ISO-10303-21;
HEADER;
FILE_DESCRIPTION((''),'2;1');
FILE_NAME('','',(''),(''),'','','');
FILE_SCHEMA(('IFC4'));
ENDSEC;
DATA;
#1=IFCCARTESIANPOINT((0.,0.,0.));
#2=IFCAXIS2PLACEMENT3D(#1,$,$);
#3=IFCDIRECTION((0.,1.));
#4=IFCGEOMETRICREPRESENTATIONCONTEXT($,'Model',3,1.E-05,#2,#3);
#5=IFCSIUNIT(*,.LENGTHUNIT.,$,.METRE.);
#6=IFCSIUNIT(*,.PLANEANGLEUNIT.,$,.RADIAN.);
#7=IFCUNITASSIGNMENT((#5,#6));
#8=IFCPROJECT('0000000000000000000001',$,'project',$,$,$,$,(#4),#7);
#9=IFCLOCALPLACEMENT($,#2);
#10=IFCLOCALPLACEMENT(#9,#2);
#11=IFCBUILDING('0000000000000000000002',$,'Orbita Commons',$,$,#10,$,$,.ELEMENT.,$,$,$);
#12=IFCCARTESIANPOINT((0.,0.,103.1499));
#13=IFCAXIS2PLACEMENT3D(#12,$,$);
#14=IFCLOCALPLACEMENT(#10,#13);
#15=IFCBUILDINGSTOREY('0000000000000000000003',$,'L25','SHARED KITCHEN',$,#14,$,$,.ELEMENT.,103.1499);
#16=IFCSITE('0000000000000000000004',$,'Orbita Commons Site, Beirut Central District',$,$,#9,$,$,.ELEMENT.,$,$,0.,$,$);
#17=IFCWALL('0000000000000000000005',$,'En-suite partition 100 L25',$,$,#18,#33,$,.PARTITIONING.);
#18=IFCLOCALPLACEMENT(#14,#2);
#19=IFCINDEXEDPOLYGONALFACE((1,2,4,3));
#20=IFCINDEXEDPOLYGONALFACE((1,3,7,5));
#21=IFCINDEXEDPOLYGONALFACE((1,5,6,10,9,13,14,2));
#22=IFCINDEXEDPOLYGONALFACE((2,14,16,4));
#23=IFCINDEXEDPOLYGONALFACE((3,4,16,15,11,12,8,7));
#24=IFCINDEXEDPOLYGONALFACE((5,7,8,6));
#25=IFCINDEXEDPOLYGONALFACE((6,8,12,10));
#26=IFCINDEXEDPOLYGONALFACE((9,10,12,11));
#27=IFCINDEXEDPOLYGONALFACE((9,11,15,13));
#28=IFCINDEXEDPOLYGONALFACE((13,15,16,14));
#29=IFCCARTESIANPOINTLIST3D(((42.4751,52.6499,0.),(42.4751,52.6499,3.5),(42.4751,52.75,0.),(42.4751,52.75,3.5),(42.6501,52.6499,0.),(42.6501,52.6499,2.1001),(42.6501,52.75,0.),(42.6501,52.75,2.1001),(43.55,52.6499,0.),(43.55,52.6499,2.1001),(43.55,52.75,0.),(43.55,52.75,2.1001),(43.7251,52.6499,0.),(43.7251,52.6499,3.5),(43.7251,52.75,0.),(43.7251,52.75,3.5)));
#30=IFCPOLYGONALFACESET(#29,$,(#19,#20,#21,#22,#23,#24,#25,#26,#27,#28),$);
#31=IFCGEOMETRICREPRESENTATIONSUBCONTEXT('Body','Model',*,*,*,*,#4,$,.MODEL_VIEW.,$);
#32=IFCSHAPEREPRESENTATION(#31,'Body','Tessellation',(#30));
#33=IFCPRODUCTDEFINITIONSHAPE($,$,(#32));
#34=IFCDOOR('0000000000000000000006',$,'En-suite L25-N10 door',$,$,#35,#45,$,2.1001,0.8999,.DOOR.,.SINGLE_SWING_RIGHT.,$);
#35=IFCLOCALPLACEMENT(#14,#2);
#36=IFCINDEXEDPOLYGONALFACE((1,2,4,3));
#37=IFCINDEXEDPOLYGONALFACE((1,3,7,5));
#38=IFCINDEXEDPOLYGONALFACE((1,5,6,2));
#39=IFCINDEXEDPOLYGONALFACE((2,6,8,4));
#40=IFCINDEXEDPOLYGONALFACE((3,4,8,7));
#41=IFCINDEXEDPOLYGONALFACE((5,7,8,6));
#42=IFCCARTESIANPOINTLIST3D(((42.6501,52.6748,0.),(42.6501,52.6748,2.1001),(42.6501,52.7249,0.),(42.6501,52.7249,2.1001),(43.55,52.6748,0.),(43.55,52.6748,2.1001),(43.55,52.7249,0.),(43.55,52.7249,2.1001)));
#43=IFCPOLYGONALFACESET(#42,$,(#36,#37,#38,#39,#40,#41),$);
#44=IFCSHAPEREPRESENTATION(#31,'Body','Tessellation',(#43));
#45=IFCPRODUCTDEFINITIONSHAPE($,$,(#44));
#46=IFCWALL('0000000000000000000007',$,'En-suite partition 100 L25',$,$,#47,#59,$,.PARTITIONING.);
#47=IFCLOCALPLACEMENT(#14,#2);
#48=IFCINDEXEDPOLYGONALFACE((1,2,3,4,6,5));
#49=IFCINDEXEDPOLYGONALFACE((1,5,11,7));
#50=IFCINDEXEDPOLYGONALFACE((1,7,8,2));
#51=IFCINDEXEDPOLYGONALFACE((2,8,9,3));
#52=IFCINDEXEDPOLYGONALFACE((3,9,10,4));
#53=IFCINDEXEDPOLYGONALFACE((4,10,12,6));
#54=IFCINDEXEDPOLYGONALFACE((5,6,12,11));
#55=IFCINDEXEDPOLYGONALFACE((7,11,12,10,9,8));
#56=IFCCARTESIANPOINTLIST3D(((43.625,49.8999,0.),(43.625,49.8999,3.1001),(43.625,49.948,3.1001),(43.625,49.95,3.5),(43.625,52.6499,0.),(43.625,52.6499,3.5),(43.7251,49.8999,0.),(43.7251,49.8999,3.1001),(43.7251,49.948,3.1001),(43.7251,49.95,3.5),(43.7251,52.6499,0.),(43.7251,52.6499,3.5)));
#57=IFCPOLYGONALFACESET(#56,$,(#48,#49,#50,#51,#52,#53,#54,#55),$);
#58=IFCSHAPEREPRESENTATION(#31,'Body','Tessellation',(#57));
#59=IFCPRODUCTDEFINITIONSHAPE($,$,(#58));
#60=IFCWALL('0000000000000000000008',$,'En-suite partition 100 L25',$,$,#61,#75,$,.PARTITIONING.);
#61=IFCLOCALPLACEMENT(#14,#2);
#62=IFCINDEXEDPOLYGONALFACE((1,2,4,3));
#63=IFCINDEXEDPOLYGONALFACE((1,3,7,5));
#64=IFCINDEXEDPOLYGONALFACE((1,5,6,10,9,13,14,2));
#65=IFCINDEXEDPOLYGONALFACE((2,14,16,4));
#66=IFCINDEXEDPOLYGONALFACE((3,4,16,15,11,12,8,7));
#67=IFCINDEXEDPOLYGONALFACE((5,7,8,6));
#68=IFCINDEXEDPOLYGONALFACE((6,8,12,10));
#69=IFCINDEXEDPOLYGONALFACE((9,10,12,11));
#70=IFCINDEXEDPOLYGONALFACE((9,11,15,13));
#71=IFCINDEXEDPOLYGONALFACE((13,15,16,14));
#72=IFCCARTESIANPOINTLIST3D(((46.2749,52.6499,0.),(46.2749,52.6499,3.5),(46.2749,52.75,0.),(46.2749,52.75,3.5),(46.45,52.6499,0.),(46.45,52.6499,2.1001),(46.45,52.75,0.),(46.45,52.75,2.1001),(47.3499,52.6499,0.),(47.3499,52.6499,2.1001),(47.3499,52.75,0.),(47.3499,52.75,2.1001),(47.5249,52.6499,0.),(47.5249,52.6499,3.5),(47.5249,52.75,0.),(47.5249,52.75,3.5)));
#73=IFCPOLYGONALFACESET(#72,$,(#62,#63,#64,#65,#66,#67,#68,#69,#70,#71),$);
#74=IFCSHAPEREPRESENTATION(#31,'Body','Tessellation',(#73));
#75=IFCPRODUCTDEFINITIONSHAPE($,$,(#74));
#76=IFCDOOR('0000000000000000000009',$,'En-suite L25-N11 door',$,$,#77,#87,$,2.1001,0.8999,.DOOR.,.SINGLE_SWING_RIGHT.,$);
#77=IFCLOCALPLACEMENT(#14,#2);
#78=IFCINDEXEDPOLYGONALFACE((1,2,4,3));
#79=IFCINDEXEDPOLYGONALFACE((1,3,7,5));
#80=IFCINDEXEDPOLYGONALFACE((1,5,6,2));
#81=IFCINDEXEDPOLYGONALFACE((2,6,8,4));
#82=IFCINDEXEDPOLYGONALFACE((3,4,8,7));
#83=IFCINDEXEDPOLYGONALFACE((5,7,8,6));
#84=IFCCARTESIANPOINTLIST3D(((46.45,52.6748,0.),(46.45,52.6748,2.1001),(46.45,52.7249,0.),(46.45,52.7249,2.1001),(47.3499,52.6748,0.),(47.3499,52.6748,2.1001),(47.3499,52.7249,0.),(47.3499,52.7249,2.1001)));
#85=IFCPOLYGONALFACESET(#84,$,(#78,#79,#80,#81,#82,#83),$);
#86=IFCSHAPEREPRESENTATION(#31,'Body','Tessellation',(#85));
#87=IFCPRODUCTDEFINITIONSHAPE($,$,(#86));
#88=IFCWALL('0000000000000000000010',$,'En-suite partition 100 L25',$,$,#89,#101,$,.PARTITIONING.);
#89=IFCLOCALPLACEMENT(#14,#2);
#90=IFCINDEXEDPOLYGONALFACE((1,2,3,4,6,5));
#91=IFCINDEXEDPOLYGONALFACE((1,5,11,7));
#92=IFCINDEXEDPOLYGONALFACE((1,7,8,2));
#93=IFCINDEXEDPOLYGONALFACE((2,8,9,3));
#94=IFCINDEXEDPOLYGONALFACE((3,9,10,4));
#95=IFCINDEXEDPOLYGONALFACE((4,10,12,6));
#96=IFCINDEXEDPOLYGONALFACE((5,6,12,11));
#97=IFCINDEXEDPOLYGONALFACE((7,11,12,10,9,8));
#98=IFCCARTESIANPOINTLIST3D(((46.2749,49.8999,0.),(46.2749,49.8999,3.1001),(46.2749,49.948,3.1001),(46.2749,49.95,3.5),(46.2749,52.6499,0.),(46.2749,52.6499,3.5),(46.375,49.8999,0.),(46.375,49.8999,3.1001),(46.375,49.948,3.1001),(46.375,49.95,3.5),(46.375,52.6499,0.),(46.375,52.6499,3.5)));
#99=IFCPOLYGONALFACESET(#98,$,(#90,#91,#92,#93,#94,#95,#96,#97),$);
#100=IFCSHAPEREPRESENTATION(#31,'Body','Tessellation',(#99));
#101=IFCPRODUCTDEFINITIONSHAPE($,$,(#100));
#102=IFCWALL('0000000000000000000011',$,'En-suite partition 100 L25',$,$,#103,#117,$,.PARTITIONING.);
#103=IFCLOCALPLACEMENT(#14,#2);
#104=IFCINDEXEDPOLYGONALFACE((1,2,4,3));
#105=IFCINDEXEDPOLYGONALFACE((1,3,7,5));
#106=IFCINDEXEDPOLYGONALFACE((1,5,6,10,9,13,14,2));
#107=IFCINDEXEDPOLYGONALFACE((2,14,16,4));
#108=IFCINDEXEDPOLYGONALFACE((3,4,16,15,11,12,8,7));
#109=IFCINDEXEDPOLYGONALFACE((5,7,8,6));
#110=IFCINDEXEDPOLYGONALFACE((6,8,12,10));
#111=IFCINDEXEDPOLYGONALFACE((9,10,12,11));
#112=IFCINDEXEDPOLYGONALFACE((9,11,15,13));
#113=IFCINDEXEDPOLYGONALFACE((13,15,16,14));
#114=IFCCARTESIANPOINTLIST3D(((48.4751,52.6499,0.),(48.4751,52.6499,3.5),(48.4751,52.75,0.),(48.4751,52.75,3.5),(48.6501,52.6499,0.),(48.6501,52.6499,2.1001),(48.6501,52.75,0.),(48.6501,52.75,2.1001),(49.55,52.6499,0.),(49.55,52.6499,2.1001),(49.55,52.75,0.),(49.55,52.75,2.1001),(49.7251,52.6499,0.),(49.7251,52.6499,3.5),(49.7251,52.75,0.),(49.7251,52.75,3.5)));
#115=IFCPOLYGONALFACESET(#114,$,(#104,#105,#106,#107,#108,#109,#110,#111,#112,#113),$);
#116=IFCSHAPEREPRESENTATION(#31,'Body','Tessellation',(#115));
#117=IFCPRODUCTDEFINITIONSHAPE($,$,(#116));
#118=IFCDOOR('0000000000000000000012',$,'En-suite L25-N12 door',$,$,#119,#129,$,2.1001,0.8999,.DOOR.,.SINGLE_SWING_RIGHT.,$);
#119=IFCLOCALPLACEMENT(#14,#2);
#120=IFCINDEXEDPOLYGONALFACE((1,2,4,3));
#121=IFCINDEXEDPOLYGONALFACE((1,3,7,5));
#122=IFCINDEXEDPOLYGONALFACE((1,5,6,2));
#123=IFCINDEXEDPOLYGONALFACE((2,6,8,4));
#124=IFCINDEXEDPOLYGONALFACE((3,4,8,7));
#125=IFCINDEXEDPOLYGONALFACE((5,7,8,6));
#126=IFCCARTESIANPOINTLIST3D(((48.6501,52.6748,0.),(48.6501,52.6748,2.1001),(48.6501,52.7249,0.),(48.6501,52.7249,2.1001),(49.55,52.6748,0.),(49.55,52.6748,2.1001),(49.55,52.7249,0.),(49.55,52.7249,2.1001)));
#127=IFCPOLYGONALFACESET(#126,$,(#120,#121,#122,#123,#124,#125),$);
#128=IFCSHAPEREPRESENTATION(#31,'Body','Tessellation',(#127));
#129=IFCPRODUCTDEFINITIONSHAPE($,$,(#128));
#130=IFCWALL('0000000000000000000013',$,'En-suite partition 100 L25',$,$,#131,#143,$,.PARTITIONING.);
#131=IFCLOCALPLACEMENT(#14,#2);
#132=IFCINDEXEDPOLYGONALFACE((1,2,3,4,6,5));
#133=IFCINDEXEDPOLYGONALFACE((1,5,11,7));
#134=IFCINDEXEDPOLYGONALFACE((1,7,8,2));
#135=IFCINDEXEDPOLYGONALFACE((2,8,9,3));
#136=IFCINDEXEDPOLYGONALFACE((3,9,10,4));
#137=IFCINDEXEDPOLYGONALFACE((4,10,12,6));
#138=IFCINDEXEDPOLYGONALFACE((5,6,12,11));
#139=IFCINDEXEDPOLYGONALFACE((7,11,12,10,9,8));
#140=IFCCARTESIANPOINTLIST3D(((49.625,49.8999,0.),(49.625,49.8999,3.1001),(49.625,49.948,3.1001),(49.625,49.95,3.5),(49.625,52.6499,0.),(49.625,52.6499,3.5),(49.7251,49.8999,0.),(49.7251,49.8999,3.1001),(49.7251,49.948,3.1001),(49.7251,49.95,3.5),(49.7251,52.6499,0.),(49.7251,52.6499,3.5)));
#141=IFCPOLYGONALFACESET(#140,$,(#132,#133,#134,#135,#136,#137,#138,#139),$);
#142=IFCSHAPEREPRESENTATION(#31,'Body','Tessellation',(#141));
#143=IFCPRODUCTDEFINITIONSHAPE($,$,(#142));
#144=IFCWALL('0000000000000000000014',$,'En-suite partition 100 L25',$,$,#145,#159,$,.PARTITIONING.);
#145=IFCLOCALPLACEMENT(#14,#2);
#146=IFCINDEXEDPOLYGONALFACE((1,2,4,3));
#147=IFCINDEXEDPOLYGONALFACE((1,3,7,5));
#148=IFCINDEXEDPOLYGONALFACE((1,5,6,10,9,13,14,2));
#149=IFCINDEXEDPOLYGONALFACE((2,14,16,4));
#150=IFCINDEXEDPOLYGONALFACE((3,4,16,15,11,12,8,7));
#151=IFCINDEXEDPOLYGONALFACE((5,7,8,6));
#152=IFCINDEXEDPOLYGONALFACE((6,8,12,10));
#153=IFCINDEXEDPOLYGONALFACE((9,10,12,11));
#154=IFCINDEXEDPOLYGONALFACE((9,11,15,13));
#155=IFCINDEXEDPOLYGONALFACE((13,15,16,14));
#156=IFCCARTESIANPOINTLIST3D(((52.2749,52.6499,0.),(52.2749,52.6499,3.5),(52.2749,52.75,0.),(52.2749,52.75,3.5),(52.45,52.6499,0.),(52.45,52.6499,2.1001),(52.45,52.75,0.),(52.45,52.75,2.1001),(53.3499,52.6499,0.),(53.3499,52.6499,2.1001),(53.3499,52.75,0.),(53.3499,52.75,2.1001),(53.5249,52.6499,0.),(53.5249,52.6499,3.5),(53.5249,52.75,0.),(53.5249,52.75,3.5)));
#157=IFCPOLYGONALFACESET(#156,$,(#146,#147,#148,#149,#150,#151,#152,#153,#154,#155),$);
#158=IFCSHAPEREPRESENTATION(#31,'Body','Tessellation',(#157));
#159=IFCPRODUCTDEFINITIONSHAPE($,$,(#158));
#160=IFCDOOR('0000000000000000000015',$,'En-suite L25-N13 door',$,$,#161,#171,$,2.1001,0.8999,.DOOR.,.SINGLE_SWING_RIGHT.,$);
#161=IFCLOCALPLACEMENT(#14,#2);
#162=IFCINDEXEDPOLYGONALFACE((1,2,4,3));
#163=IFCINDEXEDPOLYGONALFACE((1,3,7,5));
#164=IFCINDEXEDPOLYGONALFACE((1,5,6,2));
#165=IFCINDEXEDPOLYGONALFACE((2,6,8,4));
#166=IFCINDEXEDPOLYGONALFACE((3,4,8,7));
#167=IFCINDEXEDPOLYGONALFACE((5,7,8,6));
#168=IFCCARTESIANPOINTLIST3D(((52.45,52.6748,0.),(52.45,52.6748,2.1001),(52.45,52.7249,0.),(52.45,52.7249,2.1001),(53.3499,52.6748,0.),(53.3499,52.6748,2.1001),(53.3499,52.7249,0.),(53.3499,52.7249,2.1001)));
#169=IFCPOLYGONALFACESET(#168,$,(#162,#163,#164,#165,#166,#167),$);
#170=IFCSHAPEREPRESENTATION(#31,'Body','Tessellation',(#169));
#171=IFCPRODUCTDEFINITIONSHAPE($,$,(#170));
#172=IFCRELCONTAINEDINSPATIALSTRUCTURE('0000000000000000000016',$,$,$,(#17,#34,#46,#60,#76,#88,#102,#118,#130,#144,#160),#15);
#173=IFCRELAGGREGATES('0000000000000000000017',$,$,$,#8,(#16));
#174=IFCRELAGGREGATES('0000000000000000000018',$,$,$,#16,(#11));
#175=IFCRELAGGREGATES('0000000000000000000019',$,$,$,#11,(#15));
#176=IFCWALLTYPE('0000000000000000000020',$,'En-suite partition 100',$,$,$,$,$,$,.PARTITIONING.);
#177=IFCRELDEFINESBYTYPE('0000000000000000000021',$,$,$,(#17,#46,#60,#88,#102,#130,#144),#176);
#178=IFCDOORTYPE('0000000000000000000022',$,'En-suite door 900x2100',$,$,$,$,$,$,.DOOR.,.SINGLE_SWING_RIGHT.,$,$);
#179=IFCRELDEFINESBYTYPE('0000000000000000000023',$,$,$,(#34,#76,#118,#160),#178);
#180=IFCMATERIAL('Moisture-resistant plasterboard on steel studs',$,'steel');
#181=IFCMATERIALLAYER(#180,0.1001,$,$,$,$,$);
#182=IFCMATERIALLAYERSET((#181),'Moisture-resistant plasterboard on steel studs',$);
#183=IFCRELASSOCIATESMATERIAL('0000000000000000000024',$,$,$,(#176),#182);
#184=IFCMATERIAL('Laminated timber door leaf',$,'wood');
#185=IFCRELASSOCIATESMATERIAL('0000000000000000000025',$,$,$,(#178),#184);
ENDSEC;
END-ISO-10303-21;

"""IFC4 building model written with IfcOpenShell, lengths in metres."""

from ifc_helpers import new_model, si_unit, direction, frame, frame_2d, origin, place, context, subcontext, project, spatial, polyline, rectangle, outline, extrude, material, layer, layer_set, type_object, element, fill, save


model = new_model("IFC4")

# Units and contexts
model_context = context("Model", 3, precision=1e-05, world=origin(), true_north=direction((0.0, 1.0)))
body_context = subcontext(model_context, "Body", "Model", "MODEL_VIEW")
ifc_project = project(units=[si_unit("LENGTHUNIT", "METRE"), si_unit("PLANEANGLEUNIT", "RADIAN")], contexts=[model_context])

# Site, building, storey
site_placement = place(None, origin())
site = spatial("IfcSite", under=ifc_project, at=site_placement, Name="Orbita Commons Site, Beirut Central District", CompositionType="ELEMENT", RefElevation=0.0)
building_placement = place(site_placement, origin())
building = spatial("IfcBuilding", under=site, at=building_placement, Name="Orbita Commons", CompositionType="ELEMENT")
storey_placement = place(building_placement, frame((0.0, 0.0, 103.1499)))
storey = spatial("IfcBuildingStorey", under=building, at=storey_placement, Name="L25", Description="SHARED KITCHEN", CompositionType="ELEMENT", Elevation=103.1499)

# Wall, opening, door
ifc_material_1 = material(Name="Moisture-resistant plasterboard on steel studs", Category="steel")
ifc_layer_1 = layer(ifc_material_1, 0.1001)
ifc_layer_set_1 = layer_set([ifc_layer_1], Name="Moisture-resistant plasterboard on steel studs")
wall_type_1 = type_object("IfcWallType", Name="En-suite partition 100", PredefinedType="PARTITIONING", material=ifc_layer_set_1)
wall_1_placement = place(storey_placement, frame((42.4751, 52.7, 0.0), z_axis=(0.0, 0.0, 1.0), x_axis=(1.0, 0.0, 0.0)))
wall_1 = element("IfcWall", 1, at=wall_1_placement, inside=storey, type_object=wall_type_1, Name="En-suite partition 100 L25", PredefinedType="PARTITIONING", context=body_context, shape_type="SweptSolid", body=[
    extrude(rectangle(XDim=1.25, YDim=0.1001, at=frame_2d((0.625, 0.0))), origin(), (0.0, 0.0, 1.0), 3.5),
])
opening_1_placement = place(wall_1_placement, frame((0.175, 0.0, 0.0)))
opening_1 = element("IfcOpeningElement", 2, at=opening_1_placement, cuts=wall_1, PredefinedType="OPENING", context=body_context, shape_type="SweptSolid", body=[
    extrude(rectangle(XDim=0.8999, YDim=2.1001, at=frame_2d((0.45, 1.05))), frame((0.0, 0.0601, 0.0), z_axis=(0.0, -1.0, 0.0), x_axis=(1.0, 0.0, 0.0)), (0.0, 0.0, 1.0), 0.1201),
])
ifc_material_2 = material(Name="Laminated timber door leaf", Category="wood")
door_type_1 = type_object("IfcDoorType", Name="En-suite door 900x2100", OperationType="SINGLE_SWING_RIGHT", PredefinedType="DOOR", material=ifc_material_2)
door_1_placement = place(opening_1_placement, origin())
door_1 = element("IfcDoor", 3, at=door_1_placement, inside=storey, type_object=door_type_1, Name="En-suite L25-N10 door", OperationType="SINGLE_SWING_RIGHT", OverallHeight=2.1001, OverallWidth=0.8999, PredefinedType="DOOR", context=body_context, shape_type="SweptSolid", body=[
    extrude(rectangle(XDim=0.8999, YDim=2.1001, at=frame_2d((0.45, 1.05))), frame((0.0, 0.0249, 0.0), z_axis=(0.0, -1.0, 0.0), x_axis=(1.0, 0.0, 0.0)), (0.0, 0.0, 1.0), 0.05),
])
fill(opening_1, door_1)

# Wall
wall_2_placement = place(storey_placement, frame((43.675, 52.6499, 0.0), z_axis=(0.0, 0.0, 1.0), x_axis=(0.0, -1.0, 0.0)))
element("IfcWall", 4, at=wall_2_placement, inside=storey, type_object=wall_type_1, Name="En-suite partition 100 L25", PredefinedType="PARTITIONING", context=body_context, shape_type="SweptSolid", body=[
    extrude(outline(polyline([(0.0, 0.0), (2.75, 0.0), (2.75, 3.1001), (2.7019, 3.1001), (2.7, 3.5), (0.0, 3.5), (0.0, 0.0)])), frame((0.0, 0.05, 0.0), z_axis=(0.0, -1.0, 0.0), x_axis=(1.0, 0.0, 0.0)), (0.0, 0.0, 1.0), 0.1001),
])

# Wall, opening, door
wall_3_placement = place(storey_placement, frame((46.2749, 52.7, 0.0), z_axis=(0.0, 0.0, 1.0), x_axis=(1.0, 0.0, 0.0)))
wall_3 = element("IfcWall", 5, at=wall_3_placement, inside=storey, type_object=wall_type_1, Name="En-suite partition 100 L25", PredefinedType="PARTITIONING", context=body_context, shape_type="SweptSolid", body=[
    extrude(rectangle(XDim=1.25, YDim=0.1001, at=frame_2d((0.625, 0.0))), origin(), (0.0, 0.0, 1.0), 3.5),
])
opening_2_placement = place(wall_3_placement, frame((0.175, 0.0, 0.0)))
opening_2 = element("IfcOpeningElement", 6, at=opening_2_placement, cuts=wall_3, PredefinedType="OPENING", context=body_context, shape_type="SweptSolid", body=[
    extrude(rectangle(XDim=0.8999, YDim=2.1001, at=frame_2d((0.45, 1.05))), frame((0.0, 0.0601, 0.0), z_axis=(0.0, -1.0, 0.0), x_axis=(1.0, 0.0, 0.0)), (0.0, 0.0, 1.0), 0.1201),
])
door_2_placement = place(opening_2_placement, origin())
door_2 = element("IfcDoor", 7, at=door_2_placement, inside=storey, type_object=door_type_1, Name="En-suite L25-N11 door", OperationType="SINGLE_SWING_RIGHT", OverallHeight=2.1001, OverallWidth=0.8999, PredefinedType="DOOR", context=body_context, shape_type="SweptSolid", body=[
    extrude(rectangle(XDim=0.8999, YDim=2.1001, at=frame_2d((0.45, 1.05))), frame((0.0, 0.0249, 0.0), z_axis=(0.0, -1.0, 0.0), x_axis=(1.0, 0.0, 0.0)), (0.0, 0.0, 1.0), 0.05),
])
fill(opening_2, door_2)

# Wall
wall_4_placement = place(storey_placement, frame((46.325, 52.6499, 0.0), z_axis=(0.0, 0.0, 1.0), x_axis=(0.0, -1.0, 0.0)))
element("IfcWall", 8, at=wall_4_placement, inside=storey, type_object=wall_type_1, Name="En-suite partition 100 L25", PredefinedType="PARTITIONING", context=body_context, shape_type="SweptSolid", body=[
    extrude(outline(polyline([(0.0, 0.0), (2.75, 0.0), (2.75, 3.1001), (2.7019, 3.1001), (2.7, 3.5), (0.0, 3.5), (0.0, 0.0)])), frame((0.0, 0.05, 0.0), z_axis=(0.0, -1.0, 0.0), x_axis=(1.0, 0.0, 0.0)), (0.0, 0.0, 1.0), 0.1001),
])

# Wall, opening, door
wall_5_placement = place(storey_placement, frame((48.4751, 52.7, 0.0), z_axis=(0.0, 0.0, 1.0), x_axis=(1.0, 0.0, 0.0)))
wall_5 = element("IfcWall", 9, at=wall_5_placement, inside=storey, type_object=wall_type_1, Name="En-suite partition 100 L25", PredefinedType="PARTITIONING", context=body_context, shape_type="SweptSolid", body=[
    extrude(rectangle(XDim=1.25, YDim=0.1001, at=frame_2d((0.625, 0.0))), origin(), (0.0, 0.0, 1.0), 3.5),
])
opening_3_placement = place(wall_5_placement, frame((0.175, 0.0, 0.0)))
opening_3 = element("IfcOpeningElement", 10, at=opening_3_placement, cuts=wall_5, PredefinedType="OPENING", context=body_context, shape_type="SweptSolid", body=[
    extrude(rectangle(XDim=0.8999, YDim=2.1001, at=frame_2d((0.45, 1.05))), frame((0.0, 0.0601, 0.0), z_axis=(0.0, -1.0, 0.0), x_axis=(1.0, 0.0, 0.0)), (0.0, 0.0, 1.0), 0.1201),
])
door_3_placement = place(opening_3_placement, origin())
door_3 = element("IfcDoor", 11, at=door_3_placement, inside=storey, type_object=door_type_1, Name="En-suite L25-N12 door", OperationType="SINGLE_SWING_RIGHT", OverallHeight=2.1001, OverallWidth=0.8999, PredefinedType="DOOR", context=body_context, shape_type="SweptSolid", body=[
    extrude(rectangle(XDim=0.8999, YDim=2.1001, at=frame_2d((0.45, 1.05))), frame((0.0, 0.0249, 0.0), z_axis=(0.0, -1.0, 0.0), x_axis=(1.0, 0.0, 0.0)), (0.0, 0.0, 1.0), 0.05),
])
fill(opening_3, door_3)

# Wall
wall_6_placement = place(storey_placement, frame((49.675, 52.6499, 0.0), z_axis=(0.0, 0.0, 1.0), x_axis=(0.0, -1.0, 0.0)))
element("IfcWall", 12, at=wall_6_placement, inside=storey, type_object=wall_type_1, Name="En-suite partition 100 L25", PredefinedType="PARTITIONING", context=body_context, shape_type="SweptSolid", body=[
    extrude(outline(polyline([(0.0, 0.0), (2.75, 0.0), (2.75, 3.1001), (2.7019, 3.1001), (2.7, 3.5), (0.0, 3.5), (0.0, 0.0)])), frame((0.0, 0.05, 0.0), z_axis=(0.0, -1.0, 0.0), x_axis=(1.0, 0.0, 0.0)), (0.0, 0.0, 1.0), 0.1001),
])

# Wall, opening, door
wall_7_placement = place(storey_placement, frame((52.2749, 52.7, 0.0), z_axis=(0.0, 0.0, 1.0), x_axis=(1.0, 0.0, 0.0)))
wall_7 = element("IfcWall", 13, at=wall_7_placement, inside=storey, type_object=wall_type_1, Name="En-suite partition 100 L25", PredefinedType="PARTITIONING", context=body_context, shape_type="SweptSolid", body=[
    extrude(rectangle(XDim=1.25, YDim=0.1001, at=frame_2d((0.625, 0.0))), origin(), (0.0, 0.0, 1.0), 3.5),
])
opening_4_placement = place(wall_7_placement, frame((0.175, 0.0, 0.0)))
opening_4 = element("IfcOpeningElement", 14, at=opening_4_placement, cuts=wall_7, PredefinedType="OPENING", context=body_context, shape_type="SweptSolid", body=[
    extrude(rectangle(XDim=0.8999, YDim=2.1001, at=frame_2d((0.45, 1.05))), frame((0.0, 0.0601, 0.0), z_axis=(0.0, -1.0, 0.0), x_axis=(1.0, 0.0, 0.0)), (0.0, 0.0, 1.0), 0.1201),
])
door_4_placement = place(opening_4_placement, origin())
door_4 = element("IfcDoor", 15, at=door_4_placement, inside=storey, type_object=door_type_1, Name="En-suite L25-N13 door", OperationType="SINGLE_SWING_RIGHT", OverallHeight=2.1001, OverallWidth=0.8999, PredefinedType="DOOR", context=body_context, shape_type="SweptSolid", body=[
    extrude(rectangle(XDim=0.8999, YDim=2.1001, at=frame_2d((0.45, 1.05))), frame((0.0, 0.0249, 0.0), z_axis=(0.0, -1.0, 0.0), x_axis=(1.0, 0.0, 0.0)), (0.0, 0.0, 1.0), 0.05),
])
fill(opening_4, door_4)

save(model, "model.ifc")
